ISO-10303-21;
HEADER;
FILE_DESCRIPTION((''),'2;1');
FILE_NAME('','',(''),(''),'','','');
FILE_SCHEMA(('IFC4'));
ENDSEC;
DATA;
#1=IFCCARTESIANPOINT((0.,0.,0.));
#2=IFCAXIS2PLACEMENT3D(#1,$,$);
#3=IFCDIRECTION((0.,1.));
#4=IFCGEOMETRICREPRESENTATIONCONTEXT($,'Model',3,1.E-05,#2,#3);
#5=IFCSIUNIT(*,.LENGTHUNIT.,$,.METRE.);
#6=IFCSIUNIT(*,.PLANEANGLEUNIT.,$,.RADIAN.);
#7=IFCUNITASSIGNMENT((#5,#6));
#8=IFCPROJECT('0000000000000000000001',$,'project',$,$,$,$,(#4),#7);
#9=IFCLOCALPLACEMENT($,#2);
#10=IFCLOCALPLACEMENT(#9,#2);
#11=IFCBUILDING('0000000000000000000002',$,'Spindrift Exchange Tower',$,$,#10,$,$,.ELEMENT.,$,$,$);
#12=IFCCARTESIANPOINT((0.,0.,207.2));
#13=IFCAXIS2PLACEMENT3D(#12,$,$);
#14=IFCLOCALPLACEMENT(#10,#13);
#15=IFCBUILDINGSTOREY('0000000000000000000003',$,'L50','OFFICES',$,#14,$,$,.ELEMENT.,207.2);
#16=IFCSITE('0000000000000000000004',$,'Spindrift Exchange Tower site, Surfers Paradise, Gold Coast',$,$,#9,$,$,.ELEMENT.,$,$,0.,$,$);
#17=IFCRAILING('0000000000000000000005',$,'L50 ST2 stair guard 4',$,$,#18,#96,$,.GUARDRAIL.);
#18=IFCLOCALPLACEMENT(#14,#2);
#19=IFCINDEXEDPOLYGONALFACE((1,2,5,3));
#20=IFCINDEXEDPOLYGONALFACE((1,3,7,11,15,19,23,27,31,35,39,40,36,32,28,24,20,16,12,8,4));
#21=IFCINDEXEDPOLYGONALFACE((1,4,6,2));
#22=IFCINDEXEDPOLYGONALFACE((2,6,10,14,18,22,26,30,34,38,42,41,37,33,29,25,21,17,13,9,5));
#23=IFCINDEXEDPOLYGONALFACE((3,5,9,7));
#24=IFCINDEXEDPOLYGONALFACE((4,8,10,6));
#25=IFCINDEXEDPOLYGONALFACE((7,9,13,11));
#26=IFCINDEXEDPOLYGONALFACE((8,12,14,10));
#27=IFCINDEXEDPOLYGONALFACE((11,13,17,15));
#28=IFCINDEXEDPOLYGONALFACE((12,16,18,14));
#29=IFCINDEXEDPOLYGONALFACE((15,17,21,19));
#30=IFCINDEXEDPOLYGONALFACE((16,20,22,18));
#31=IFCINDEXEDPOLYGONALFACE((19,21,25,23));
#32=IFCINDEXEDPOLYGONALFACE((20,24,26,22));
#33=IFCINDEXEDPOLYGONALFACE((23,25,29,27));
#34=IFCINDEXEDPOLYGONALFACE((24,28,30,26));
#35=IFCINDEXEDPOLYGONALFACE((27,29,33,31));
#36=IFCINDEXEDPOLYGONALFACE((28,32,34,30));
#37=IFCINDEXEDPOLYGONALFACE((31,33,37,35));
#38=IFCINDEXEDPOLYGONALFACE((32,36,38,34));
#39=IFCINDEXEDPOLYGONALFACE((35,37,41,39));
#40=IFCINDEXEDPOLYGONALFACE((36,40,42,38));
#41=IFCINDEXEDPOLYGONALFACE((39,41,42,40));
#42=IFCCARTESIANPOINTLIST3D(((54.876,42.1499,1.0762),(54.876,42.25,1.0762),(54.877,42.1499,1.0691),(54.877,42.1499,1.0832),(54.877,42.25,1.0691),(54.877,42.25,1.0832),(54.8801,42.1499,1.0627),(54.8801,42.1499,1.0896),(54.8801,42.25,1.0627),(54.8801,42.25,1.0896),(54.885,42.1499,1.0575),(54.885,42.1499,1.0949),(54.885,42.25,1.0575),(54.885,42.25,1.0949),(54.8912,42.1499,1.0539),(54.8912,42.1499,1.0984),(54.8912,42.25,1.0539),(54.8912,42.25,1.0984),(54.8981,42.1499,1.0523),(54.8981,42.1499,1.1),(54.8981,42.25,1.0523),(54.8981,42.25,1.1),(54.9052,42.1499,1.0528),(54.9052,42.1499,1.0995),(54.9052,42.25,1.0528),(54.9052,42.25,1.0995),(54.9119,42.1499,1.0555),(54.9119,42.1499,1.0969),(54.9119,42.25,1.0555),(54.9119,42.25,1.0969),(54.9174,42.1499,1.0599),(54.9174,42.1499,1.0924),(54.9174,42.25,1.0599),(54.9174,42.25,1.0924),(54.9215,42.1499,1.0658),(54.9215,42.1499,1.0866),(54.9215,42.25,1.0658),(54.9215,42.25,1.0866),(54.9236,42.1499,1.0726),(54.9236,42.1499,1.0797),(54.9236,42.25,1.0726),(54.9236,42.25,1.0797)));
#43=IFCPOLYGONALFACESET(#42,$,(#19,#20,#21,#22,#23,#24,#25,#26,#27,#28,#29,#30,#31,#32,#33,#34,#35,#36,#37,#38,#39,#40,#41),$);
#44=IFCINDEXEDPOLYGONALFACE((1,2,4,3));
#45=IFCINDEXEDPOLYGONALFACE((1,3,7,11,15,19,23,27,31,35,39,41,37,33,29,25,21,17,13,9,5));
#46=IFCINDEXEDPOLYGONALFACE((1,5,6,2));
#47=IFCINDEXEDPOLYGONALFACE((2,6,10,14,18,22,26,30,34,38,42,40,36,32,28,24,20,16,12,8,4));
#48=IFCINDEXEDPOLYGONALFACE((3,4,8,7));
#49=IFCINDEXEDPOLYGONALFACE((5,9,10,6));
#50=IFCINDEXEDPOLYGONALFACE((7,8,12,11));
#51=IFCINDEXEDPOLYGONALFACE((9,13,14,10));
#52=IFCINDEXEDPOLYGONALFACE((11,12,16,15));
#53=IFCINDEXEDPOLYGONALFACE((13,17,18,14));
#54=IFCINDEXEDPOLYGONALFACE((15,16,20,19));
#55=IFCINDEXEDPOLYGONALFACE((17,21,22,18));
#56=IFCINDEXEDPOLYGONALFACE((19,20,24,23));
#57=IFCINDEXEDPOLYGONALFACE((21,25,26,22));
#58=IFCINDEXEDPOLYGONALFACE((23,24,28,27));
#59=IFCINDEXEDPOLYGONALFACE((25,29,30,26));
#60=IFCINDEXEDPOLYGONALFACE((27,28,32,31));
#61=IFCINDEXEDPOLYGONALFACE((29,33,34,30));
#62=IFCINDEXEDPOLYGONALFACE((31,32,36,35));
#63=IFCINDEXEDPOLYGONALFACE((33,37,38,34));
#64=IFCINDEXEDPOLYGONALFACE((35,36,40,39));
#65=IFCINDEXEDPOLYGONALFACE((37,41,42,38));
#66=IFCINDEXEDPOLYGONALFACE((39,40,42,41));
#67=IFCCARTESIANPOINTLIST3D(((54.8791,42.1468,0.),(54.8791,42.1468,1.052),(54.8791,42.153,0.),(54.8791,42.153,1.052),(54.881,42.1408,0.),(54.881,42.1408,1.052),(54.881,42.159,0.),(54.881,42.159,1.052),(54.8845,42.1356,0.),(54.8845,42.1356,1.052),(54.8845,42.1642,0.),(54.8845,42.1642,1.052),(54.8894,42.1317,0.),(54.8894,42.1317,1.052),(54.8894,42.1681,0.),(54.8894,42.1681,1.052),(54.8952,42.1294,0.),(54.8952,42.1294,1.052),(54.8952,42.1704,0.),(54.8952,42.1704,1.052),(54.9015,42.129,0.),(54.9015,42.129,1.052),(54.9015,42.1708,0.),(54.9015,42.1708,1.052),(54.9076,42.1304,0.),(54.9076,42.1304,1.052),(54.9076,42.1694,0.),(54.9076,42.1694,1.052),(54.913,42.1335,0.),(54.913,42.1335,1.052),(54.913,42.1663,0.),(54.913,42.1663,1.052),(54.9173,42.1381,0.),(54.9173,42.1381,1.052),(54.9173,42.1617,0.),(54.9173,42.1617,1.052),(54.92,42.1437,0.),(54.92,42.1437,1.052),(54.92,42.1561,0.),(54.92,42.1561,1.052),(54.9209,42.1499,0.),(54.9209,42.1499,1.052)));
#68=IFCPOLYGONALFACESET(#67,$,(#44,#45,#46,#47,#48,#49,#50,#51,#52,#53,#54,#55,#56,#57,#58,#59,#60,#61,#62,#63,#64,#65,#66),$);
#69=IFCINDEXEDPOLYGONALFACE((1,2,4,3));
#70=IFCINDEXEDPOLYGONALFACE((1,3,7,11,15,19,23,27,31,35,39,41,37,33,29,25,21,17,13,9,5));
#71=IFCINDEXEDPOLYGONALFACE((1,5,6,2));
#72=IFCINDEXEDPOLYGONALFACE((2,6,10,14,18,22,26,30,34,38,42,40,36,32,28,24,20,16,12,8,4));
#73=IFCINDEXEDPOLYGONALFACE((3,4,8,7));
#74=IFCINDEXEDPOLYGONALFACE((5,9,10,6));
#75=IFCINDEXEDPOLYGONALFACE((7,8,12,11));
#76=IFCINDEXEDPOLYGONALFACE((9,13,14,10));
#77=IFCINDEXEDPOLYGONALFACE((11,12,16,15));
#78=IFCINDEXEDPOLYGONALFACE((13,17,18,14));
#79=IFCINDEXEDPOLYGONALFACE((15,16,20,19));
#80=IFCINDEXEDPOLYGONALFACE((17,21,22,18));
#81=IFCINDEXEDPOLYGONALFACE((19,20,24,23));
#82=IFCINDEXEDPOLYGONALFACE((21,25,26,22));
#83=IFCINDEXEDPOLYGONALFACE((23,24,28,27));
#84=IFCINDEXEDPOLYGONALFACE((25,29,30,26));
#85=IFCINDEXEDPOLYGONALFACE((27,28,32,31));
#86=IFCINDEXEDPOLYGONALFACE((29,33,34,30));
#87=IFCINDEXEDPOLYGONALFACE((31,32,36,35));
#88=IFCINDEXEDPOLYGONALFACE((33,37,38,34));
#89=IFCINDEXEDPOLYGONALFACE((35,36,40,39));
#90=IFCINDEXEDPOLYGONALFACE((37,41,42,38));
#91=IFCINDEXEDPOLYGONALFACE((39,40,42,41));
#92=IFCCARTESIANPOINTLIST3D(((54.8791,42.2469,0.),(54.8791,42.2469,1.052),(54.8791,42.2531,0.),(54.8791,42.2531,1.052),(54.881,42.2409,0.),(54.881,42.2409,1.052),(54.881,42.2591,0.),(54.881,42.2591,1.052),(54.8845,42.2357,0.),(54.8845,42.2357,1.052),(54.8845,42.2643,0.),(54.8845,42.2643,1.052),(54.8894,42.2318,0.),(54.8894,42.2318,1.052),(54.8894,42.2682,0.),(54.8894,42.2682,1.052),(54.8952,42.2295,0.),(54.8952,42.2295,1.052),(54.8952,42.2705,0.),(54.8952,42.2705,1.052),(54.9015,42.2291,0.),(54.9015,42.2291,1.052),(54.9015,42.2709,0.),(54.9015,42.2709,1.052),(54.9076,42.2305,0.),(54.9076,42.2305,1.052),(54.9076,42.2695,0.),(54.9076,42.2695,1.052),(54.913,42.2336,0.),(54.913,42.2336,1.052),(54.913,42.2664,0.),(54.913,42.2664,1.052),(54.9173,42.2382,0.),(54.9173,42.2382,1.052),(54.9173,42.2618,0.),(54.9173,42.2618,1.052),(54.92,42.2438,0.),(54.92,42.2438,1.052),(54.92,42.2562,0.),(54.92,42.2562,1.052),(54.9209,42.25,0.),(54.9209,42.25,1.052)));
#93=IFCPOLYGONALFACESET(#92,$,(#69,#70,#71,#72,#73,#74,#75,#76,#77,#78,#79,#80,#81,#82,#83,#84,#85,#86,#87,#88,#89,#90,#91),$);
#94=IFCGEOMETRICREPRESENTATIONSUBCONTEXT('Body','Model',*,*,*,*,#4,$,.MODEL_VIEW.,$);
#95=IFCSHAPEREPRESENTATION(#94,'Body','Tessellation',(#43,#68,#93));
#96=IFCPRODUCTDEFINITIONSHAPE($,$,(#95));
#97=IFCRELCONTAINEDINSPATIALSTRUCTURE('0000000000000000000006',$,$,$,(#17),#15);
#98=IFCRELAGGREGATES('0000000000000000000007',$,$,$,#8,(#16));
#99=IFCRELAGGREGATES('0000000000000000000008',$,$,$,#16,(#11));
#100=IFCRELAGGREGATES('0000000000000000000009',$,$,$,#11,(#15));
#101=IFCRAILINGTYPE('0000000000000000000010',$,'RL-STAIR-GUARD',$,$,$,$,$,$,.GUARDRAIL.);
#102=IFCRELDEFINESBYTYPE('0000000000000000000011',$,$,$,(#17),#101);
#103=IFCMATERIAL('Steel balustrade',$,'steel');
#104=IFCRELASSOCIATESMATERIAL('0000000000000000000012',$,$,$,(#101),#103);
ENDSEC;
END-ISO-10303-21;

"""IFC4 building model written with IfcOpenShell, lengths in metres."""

from ifc_helpers import new_model, si_unit, direction, frame, origin, origin_2d, place, context, subcontext, project, spatial, circle, extrude, material, type_object, element, save


model = new_model("IFC4")

# Units and contexts
model_context = context("Model", 3, precision=1e-05, world=origin(), true_north=direction((0.0, 1.0)))
body_context = subcontext(model_context, "Body", "Model", "MODEL_VIEW")
ifc_project = project(units=[si_unit("LENGTHUNIT", "METRE"), si_unit("PLANEANGLEUNIT", "RADIAN")], contexts=[model_context])

# Site, building, storey
site_placement = place(None, origin())
site = spatial("IfcSite", under=ifc_project, at=site_placement, Name="Spindrift Exchange Tower site, Surfers Paradise, Gold Coast", CompositionType="ELEMENT", RefElevation=0.0)
building_placement = place(site_placement, origin())
building = spatial("IfcBuilding", under=site, at=building_placement, Name="Spindrift Exchange Tower", CompositionType="ELEMENT")
storey_placement = place(building_placement, frame((0.0, 0.0, 207.2)))
storey = spatial("IfcBuildingStorey", under=building, at=storey_placement, Name="L50", Description="OFFICES", CompositionType="ELEMENT", Elevation=207.2)

# Railing
ifc_material_1 = material(Name="Steel balustrade", Category="steel")
railing_type_1 = type_object("IfcRailingType", Name="RL-STAIR-GUARD", PredefinedType="GUARDRAIL", material=ifc_material_1)
railing_1_placement = place(storey_placement, frame((54.8999, 42.1499, 0.0)))
element("IfcRailing", 1, at=railing_1_placement, inside=storey, type_object=railing_type_1, Name="L50 ST2 stair guard 4", PredefinedType="GUARDRAIL", context=body_context, shape_type="SweptSolid", body=[
    extrude(circle(Radius=0.0239, at=origin_2d()), frame((0.0, 0.0, 1.0762), z_axis=(0.0, 1.0, 0.0), x_axis=(-1.0, 0.0, 0.0)), (0.0, 0.0, 1.0), 0.1001),
    extrude(circle(Radius=0.021, at=origin_2d()), origin(), (0.0, 0.0, 1.0), 1.052),
    extrude(circle(Radius=0.021, at=origin_2d()), frame((0.0, 0.1001, 0.0)), (0.0, 0.0, 1.0), 1.052),
])

save(model, "model.ifc")
